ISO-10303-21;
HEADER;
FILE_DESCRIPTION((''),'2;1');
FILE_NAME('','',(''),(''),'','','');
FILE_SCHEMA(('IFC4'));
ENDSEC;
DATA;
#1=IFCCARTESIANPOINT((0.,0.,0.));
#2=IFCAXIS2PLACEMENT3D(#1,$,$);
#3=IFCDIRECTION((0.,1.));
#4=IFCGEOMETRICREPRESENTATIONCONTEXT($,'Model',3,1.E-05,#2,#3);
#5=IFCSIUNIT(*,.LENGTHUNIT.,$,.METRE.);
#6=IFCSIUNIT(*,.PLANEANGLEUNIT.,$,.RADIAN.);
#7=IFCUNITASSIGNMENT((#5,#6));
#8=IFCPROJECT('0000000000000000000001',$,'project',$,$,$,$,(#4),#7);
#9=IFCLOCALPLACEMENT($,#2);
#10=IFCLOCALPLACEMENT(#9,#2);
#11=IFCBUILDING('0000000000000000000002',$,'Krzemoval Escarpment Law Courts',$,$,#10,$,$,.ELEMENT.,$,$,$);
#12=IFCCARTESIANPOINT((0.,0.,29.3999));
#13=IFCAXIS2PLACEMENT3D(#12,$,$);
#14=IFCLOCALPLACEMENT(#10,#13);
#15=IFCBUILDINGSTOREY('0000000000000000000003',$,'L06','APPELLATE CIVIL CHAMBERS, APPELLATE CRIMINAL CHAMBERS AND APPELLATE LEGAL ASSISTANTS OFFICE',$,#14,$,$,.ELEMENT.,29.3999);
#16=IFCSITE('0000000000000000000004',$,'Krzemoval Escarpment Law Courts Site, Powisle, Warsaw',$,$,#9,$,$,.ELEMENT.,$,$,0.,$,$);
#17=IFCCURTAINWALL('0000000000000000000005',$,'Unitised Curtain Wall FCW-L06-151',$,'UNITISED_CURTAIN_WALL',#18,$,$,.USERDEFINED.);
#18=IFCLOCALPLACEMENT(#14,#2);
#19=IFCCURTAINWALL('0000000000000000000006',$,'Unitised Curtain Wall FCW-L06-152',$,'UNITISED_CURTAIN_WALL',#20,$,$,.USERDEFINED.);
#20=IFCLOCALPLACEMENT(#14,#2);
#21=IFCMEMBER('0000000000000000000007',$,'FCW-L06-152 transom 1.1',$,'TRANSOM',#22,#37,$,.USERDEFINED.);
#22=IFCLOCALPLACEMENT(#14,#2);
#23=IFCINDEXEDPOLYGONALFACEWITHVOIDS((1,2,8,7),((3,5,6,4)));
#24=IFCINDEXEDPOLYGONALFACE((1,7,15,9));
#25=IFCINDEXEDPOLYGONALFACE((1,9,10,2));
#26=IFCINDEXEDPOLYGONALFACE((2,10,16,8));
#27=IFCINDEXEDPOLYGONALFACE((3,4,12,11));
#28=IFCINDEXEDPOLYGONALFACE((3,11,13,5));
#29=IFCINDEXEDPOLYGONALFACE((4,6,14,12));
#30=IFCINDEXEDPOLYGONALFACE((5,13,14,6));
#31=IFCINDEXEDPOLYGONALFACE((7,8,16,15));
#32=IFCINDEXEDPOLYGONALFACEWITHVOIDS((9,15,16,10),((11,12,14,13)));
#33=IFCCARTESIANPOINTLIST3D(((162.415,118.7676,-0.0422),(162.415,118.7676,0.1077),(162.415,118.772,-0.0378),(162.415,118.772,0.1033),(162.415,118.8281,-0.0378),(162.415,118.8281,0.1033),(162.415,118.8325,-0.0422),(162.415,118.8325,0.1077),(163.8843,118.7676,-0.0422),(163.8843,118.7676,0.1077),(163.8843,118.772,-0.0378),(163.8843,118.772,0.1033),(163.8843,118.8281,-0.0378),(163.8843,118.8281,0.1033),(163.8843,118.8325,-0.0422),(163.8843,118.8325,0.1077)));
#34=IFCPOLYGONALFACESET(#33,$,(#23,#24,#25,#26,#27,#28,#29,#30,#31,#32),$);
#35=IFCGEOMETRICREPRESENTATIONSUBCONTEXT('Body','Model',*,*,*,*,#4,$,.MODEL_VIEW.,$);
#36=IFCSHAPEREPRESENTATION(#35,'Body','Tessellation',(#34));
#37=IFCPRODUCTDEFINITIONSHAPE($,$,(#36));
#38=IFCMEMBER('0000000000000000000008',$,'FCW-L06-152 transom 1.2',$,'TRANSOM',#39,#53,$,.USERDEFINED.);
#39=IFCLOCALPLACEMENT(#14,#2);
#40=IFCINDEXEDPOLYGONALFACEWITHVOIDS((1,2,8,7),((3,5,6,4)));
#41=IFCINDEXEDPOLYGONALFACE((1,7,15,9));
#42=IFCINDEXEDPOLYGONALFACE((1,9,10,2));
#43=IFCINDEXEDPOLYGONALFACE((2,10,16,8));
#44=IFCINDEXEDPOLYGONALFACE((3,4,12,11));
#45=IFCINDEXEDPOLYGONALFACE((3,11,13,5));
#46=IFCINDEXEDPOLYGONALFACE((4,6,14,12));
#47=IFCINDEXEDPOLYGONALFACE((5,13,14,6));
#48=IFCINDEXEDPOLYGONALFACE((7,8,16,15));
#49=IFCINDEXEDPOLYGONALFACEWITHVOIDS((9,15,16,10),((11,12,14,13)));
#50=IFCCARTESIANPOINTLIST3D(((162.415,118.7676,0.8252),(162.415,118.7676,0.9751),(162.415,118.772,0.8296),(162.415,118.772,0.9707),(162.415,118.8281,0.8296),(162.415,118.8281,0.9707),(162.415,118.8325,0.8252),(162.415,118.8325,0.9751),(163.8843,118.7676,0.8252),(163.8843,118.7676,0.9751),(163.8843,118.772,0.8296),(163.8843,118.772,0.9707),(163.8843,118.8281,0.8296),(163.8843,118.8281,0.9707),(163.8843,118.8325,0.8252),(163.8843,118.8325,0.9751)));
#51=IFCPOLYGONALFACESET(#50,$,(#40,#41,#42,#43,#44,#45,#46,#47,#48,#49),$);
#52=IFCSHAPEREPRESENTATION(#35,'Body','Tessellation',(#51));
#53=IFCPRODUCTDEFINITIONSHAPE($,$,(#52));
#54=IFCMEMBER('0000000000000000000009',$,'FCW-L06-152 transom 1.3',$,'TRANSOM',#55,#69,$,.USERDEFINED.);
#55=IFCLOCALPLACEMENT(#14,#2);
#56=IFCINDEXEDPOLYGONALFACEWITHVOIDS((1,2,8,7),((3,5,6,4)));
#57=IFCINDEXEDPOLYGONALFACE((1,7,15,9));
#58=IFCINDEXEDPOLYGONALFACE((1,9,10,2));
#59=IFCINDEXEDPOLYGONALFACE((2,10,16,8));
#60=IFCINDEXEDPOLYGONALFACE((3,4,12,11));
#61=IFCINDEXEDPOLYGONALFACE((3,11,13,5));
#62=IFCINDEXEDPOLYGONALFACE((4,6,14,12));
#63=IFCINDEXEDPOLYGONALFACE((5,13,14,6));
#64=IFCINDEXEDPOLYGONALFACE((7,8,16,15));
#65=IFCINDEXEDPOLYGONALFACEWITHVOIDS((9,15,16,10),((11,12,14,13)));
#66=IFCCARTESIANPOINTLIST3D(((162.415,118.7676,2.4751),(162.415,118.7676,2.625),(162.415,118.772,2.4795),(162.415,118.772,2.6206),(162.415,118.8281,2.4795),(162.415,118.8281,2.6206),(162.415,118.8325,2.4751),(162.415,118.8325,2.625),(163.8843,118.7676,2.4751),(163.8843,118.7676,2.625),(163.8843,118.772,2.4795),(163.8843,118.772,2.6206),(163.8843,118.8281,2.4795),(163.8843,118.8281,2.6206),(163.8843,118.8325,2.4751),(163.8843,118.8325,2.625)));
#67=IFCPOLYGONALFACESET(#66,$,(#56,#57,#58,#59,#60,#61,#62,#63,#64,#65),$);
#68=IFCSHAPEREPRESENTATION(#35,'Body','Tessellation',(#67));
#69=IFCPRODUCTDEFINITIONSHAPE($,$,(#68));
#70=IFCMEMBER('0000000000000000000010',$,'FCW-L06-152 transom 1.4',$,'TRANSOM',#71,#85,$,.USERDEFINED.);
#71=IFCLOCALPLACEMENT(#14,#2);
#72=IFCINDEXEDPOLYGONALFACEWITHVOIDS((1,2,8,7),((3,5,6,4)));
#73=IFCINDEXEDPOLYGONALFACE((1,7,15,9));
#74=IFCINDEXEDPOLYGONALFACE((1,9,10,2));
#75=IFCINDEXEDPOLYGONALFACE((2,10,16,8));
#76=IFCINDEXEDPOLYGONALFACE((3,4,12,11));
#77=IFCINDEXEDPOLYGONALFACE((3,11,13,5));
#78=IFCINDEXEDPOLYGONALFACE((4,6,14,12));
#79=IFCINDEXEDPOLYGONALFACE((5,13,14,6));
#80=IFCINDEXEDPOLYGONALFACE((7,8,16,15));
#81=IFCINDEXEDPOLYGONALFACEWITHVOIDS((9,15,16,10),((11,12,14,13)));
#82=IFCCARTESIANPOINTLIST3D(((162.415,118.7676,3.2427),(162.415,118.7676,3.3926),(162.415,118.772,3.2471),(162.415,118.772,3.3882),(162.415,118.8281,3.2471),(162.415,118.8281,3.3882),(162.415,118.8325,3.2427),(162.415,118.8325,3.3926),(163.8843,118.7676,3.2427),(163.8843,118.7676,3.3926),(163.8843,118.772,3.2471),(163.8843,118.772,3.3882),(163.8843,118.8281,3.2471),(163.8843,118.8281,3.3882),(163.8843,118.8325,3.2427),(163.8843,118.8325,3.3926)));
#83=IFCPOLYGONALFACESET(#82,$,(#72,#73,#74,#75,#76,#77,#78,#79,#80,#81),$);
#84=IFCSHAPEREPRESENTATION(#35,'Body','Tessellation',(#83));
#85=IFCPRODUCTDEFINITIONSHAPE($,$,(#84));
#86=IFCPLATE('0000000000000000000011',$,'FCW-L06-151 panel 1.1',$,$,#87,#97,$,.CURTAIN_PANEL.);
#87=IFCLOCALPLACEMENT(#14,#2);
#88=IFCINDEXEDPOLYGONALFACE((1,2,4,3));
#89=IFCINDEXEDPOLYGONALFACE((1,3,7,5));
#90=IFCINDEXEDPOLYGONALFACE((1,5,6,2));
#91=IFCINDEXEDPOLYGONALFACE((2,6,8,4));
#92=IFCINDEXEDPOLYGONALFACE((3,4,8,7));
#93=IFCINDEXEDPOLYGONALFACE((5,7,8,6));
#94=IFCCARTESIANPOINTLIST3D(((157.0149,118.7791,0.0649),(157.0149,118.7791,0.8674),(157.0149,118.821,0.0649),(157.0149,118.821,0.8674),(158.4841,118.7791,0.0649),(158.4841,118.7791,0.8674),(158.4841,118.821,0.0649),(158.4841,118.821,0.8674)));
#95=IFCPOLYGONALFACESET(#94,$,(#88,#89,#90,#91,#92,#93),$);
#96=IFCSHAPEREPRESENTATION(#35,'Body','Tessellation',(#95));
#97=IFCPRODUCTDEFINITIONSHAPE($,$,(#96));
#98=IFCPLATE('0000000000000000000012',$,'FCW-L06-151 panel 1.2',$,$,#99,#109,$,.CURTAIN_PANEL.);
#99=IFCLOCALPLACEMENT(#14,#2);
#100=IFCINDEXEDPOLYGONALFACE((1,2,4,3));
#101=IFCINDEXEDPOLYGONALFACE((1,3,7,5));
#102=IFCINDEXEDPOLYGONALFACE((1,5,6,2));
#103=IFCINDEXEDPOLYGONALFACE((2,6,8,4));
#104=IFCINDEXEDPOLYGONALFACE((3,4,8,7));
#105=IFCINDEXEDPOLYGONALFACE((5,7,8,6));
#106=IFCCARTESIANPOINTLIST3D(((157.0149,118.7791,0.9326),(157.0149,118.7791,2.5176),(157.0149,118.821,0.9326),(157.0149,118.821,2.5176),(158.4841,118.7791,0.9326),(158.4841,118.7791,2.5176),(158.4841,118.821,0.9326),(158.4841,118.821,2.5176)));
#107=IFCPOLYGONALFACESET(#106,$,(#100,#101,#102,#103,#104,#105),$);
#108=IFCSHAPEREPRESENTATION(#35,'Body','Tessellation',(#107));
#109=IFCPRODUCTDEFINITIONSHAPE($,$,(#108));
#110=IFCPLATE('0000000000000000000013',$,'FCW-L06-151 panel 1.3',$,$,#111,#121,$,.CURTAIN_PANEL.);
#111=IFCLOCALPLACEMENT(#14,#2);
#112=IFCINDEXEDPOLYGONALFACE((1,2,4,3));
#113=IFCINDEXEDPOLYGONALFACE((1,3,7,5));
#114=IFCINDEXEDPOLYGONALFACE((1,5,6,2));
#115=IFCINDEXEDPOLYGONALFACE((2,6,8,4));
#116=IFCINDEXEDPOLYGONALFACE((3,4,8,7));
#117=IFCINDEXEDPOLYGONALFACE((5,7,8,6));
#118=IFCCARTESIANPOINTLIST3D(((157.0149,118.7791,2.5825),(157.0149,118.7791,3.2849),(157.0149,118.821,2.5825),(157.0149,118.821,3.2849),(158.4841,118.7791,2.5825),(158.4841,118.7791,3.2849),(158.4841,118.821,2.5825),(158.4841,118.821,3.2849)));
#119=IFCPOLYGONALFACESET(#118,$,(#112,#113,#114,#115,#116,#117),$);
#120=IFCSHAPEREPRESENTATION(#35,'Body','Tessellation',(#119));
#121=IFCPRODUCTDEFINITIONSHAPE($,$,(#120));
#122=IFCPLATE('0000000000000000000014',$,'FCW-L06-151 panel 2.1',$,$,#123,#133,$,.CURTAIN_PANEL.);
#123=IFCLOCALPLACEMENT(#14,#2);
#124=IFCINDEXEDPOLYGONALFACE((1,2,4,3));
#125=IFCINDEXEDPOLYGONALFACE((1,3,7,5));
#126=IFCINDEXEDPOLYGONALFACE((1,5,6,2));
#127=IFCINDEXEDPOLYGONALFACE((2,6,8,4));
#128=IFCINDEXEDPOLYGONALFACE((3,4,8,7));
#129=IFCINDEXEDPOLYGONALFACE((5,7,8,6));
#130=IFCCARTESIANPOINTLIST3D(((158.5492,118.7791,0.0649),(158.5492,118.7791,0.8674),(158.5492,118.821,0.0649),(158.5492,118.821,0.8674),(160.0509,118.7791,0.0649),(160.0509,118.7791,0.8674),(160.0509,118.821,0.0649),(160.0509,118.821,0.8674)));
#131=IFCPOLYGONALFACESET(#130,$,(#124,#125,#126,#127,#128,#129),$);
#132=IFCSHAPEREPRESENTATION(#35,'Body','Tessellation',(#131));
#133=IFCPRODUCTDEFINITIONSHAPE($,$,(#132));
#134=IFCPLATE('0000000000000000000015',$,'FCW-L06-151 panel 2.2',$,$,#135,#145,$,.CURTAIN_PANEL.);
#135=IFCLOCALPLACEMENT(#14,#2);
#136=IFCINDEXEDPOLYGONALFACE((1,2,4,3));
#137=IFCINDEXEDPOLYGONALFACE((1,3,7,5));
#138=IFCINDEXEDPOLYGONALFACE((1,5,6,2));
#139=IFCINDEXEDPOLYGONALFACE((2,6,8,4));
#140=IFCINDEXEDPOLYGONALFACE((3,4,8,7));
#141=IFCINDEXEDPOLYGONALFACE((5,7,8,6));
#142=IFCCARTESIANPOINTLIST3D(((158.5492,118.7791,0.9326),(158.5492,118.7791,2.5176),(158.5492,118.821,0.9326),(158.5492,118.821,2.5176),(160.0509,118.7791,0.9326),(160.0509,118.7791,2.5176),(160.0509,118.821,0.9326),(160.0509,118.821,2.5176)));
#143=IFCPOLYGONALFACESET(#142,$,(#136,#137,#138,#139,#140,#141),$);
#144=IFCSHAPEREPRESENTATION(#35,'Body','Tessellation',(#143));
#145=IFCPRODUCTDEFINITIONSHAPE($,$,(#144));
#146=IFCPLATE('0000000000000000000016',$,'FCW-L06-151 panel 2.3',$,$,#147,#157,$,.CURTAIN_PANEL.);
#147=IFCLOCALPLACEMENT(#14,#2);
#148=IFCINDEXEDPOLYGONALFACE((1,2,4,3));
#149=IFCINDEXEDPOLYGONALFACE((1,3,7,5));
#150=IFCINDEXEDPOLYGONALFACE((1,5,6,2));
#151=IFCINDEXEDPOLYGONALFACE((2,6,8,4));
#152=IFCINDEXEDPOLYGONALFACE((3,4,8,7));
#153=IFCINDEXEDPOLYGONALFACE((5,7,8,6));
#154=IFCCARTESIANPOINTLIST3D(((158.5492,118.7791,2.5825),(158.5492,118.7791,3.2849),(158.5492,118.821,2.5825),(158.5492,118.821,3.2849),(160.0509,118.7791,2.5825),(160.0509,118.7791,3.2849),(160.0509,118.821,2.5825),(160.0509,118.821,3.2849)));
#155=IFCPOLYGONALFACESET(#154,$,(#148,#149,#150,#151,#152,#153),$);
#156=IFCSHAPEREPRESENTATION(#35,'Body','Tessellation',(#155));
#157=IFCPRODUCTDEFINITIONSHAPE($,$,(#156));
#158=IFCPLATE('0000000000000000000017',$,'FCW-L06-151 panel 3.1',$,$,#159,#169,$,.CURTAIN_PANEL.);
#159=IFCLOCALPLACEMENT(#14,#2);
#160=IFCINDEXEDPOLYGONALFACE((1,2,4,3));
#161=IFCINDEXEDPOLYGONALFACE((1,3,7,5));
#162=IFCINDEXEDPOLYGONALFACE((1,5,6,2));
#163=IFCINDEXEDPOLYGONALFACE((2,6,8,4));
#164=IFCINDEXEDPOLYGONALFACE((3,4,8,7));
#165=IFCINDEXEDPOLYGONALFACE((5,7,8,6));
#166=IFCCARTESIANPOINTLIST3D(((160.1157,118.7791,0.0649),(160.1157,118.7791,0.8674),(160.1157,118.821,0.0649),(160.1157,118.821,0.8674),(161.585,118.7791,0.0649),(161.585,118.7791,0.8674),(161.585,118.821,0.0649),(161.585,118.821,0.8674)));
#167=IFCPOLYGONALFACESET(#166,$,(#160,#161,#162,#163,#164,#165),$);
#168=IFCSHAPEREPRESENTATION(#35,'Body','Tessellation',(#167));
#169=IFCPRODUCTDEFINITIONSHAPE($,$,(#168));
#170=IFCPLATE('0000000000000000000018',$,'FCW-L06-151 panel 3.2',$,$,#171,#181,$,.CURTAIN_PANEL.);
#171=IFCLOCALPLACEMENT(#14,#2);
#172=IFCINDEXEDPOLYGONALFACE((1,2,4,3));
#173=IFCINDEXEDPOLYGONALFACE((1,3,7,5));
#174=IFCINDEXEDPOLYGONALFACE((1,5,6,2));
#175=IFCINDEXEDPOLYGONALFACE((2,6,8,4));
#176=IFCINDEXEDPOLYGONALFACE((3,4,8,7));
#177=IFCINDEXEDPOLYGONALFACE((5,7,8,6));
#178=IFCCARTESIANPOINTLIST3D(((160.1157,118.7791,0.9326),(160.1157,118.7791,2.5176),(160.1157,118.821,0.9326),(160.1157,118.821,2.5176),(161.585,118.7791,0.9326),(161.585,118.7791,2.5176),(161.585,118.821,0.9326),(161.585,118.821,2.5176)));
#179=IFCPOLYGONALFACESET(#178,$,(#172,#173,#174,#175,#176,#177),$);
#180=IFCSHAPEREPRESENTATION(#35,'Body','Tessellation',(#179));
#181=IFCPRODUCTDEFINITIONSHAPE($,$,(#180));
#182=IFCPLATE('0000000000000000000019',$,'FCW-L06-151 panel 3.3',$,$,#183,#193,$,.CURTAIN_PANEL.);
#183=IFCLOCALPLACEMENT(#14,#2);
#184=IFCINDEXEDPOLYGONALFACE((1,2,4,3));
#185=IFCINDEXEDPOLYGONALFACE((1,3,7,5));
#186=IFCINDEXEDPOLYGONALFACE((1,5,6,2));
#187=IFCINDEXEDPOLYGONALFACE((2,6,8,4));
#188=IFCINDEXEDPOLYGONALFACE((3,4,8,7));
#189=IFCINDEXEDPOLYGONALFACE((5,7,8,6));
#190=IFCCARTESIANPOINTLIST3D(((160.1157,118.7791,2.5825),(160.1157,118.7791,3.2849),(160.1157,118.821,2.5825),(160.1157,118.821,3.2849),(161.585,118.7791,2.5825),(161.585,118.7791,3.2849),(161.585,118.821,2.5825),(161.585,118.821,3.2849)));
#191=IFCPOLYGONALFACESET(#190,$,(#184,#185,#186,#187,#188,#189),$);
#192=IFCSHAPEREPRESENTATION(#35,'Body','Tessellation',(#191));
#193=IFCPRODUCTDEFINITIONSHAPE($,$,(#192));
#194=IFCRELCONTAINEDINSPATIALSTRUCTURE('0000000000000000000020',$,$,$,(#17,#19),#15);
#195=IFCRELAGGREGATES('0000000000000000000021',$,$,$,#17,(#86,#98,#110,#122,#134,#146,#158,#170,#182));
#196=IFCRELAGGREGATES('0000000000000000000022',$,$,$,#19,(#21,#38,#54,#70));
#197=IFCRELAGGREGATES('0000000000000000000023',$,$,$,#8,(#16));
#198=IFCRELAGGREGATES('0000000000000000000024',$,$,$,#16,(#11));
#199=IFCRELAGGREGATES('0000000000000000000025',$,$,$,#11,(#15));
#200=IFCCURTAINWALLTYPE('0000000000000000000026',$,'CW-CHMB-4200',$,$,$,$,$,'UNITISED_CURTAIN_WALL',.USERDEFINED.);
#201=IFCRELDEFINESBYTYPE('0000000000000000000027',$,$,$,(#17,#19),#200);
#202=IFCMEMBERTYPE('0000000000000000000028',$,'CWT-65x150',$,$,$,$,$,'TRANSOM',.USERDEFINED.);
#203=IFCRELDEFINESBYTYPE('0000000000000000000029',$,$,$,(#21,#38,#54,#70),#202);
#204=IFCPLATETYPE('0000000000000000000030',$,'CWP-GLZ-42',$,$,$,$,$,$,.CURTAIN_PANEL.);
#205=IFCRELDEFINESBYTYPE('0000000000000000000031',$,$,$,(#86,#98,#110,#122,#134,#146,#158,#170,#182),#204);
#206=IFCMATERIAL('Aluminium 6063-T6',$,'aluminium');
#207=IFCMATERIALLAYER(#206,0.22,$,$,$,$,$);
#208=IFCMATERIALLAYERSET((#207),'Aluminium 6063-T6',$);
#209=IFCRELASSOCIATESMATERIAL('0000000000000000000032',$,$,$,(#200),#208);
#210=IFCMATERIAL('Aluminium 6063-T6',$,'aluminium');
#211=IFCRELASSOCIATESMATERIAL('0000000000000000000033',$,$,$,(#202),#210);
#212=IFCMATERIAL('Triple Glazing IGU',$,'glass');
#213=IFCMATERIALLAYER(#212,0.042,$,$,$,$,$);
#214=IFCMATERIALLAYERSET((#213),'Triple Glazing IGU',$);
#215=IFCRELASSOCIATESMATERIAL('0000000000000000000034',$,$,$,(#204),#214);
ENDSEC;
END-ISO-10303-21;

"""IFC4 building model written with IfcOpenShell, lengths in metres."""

from ifc_helpers import new_model, si_unit, direction, frame, origin, origin_2d, place, context, subcontext, project, spatial, rectangle, hollow_rectangle, extrude, material, layer, layer_set, material_profile, profile_set, type_object, element, aggregate, save


model = new_model("IFC4")

# Units and contexts
model_context = context("Model", 3, precision=1e-05, world=origin(), true_north=direction((0.0, 1.0)))
body_context = subcontext(model_context, "Body", "Model", "MODEL_VIEW")
ifc_project = project(units=[si_unit("LENGTHUNIT", "METRE"), si_unit("PLANEANGLEUNIT", "RADIAN")], contexts=[model_context])

# Site, building, storey
site_placement = place(None, origin())
site = spatial("IfcSite", under=ifc_project, at=site_placement, Name="Krzemoval Escarpment Law Courts Site, Powisle, Warsaw", CompositionType="ELEMENT", RefElevation=0.0)
building_placement = place(site_placement, origin())
building = spatial("IfcBuilding", under=site, at=building_placement, Name="Krzemoval Escarpment Law Courts", CompositionType="ELEMENT")
storey_placement = place(building_placement, frame((0.0, 0.0, 29.3999)))
storey = spatial("IfcBuildingStorey", under=building, at=storey_placement, Name="L06", Description="APPELLATE CIVIL CHAMBERS, APPELLATE CRIMINAL CHAMBERS AND APPELLATE LEGAL ASSISTANTS OFFICE", CompositionType="ELEMENT", Elevation=29.3999)

# Shared definitions
ifc_material_1 = material(Name="Aluminium 6063-T6", Category="aluminium")
ifc_layer_1 = layer(ifc_material_1, 0.22)
ifc_layer_set_1 = layer_set([ifc_layer_1], Name="Aluminium 6063-T6")
curtain_wall_type = type_object("IfcCurtainWallType", Name="CW-CHMB-4200", ElementType="UNITISED_CURTAIN_WALL", PredefinedType="USERDEFINED", material=ifc_layer_set_1)

# Curtain wall
curtain_wall_1_placement = place(storey_placement, origin())
curtain_wall_1 = element("IfcCurtainWall", 1, at=curtain_wall_1_placement, inside=storey, type_object=curtain_wall_type, Name="Unitised Curtain Wall FCW-L06-151", ObjectType="UNITISED_CURTAIN_WALL", PredefinedType="USERDEFINED")

# Curtain wall
curtain_wall_2_placement = place(storey_placement, origin())
curtain_wall_2 = element("IfcCurtainWall", 2, at=curtain_wall_2_placement, inside=storey, type_object=curtain_wall_type, Name="Unitised Curtain Wall FCW-L06-152", ObjectType="UNITISED_CURTAIN_WALL", PredefinedType="USERDEFINED")

# Members
ifc_material_2 = material(Name="Aluminium 6063-T6", Category="aluminium")
ifc_material_profile_1 = material_profile(ifc_material_2, hollow_rectangle(XDim=0.0649, YDim=0.1499, WallThickness=0.0044, at=origin_2d()), Name="ALU T65x150")
ifc_profile_set_1 = profile_set([ifc_material_profile_1], Name="Aluminium 6063-T6")
member_type_1 = type_object("IfcMemberType", Name="CWT-65x150", ElementType="TRANSOM", PredefinedType="USERDEFINED", material=ifc_profile_set_1)
member_1_placement = place(storey_placement, frame((162.415, 118.8, 0.0327), z_axis=(1.0, 0.0, 0.0), x_axis=(0.0, 1.0, 0.0)))
member_1 = element("IfcMember", 3, at=member_1_placement, type_object=member_type_1, Name="FCW-L06-152 transom 1.1", ObjectType="TRANSOM", PredefinedType="USERDEFINED", context=body_context, shape_type="SweptSolid", body=[
    extrude(hollow_rectangle(XDim=0.0649, YDim=0.1499, WallThickness=0.0044, at=origin_2d()), origin(), (0.0, 0.0, 1.0), 1.4692),
])
member_2_placement = place(storey_placement, frame((162.415, 118.8, 0.9001), z_axis=(1.0, 0.0, 0.0), x_axis=(0.0, 1.0, 0.0)))
member_2 = element("IfcMember", 4, at=member_2_placement, type_object=member_type_1, Name="FCW-L06-152 transom 1.2", ObjectType="TRANSOM", PredefinedType="USERDEFINED", context=body_context, shape_type="SweptSolid", body=[
    extrude(hollow_rectangle(XDim=0.0649, YDim=0.1499, WallThickness=0.0044, at=origin_2d()), origin(), (0.0, 0.0, 1.0), 1.4692),
])
member_3_placement = place(storey_placement, frame((162.415, 118.8, 2.55), z_axis=(1.0, 0.0, 0.0), x_axis=(0.0, 1.0, 0.0)))
member_3 = element("IfcMember", 5, at=member_3_placement, type_object=member_type_1, Name="FCW-L06-152 transom 1.3", ObjectType="TRANSOM", PredefinedType="USERDEFINED", context=body_context, shape_type="SweptSolid", body=[
    extrude(hollow_rectangle(XDim=0.0649, YDim=0.1499, WallThickness=0.0044, at=origin_2d()), origin(), (0.0, 0.0, 1.0), 1.4692),
])
member_4_placement = place(storey_placement, frame((162.415, 118.8, 3.3176), z_axis=(1.0, 0.0, 0.0), x_axis=(0.0, 1.0, 0.0)))
member_4 = element("IfcMember", 6, at=member_4_placement, type_object=member_type_1, Name="FCW-L06-152 transom 1.4", ObjectType="TRANSOM", PredefinedType="USERDEFINED", context=body_context, shape_type="SweptSolid", body=[
    extrude(hollow_rectangle(XDim=0.0649, YDim=0.1499, WallThickness=0.0044, at=origin_2d()), origin(), (0.0, 0.0, 1.0), 1.4692),
])

# Plates
ifc_material_3 = material(Name="Triple Glazing IGU", Category="glass")
ifc_layer_2 = layer(ifc_material_3, 0.042)
ifc_layer_set_2 = layer_set([ifc_layer_2], Name="Triple Glazing IGU")
plate_type = type_object("IfcPlateType", Name="CWP-GLZ-42", PredefinedType="CURTAIN_PANEL", material=ifc_layer_set_2)
plate_1_placement = place(storey_placement, frame((157.7495, 118.8, 0.0649), z_axis=(0.0, 0.0, 1.0), x_axis=(1.0, 0.0, 0.0)))
plate_1 = element("IfcPlate", 7, at=plate_1_placement, type_object=plate_type, Name="FCW-L06-151 panel 1.1", PredefinedType="CURTAIN_PANEL", context=body_context, shape_type="SweptSolid", body=[
    extrude(rectangle(XDim=1.4692, YDim=0.042, at=origin_2d()), origin(), (0.0, 0.0, 1.0), 0.8025),
])
plate_2_placement = place(storey_placement, frame((157.7495, 118.8, 0.9326), z_axis=(0.0, 0.0, 1.0), x_axis=(1.0, 0.0, 0.0)))
plate_2 = element("IfcPlate", 8, at=plate_2_placement, type_object=plate_type, Name="FCW-L06-151 panel 1.2", PredefinedType="CURTAIN_PANEL", context=body_context, shape_type="SweptSolid", body=[
    extrude(rectangle(XDim=1.4692, YDim=0.042, at=origin_2d()), origin(), (0.0, 0.0, 1.0), 1.585),
])
plate_3_placement = place(storey_placement, frame((157.7495, 118.8, 2.5825), z_axis=(0.0, 0.0, 1.0), x_axis=(1.0, 0.0, 0.0)))
plate_3 = element("IfcPlate", 9, at=plate_3_placement, type_object=plate_type, Name="FCW-L06-151 panel 1.3", PredefinedType="CURTAIN_PANEL", context=body_context, shape_type="SweptSolid", body=[
    extrude(rectangle(XDim=1.4692, YDim=0.042, at=origin_2d()), origin(), (0.0, 0.0, 1.0), 0.7024),
])
plate_4_placement = place(storey_placement, frame((159.3, 118.8, 0.0649), z_axis=(0.0, 0.0, 1.0), x_axis=(1.0, 0.0, 0.0)))
plate_4 = element("IfcPlate", 10, at=plate_4_placement, type_object=plate_type, Name="FCW-L06-151 panel 2.1", PredefinedType="CURTAIN_PANEL", context=body_context, shape_type="SweptSolid", body=[
    extrude(rectangle(XDim=1.5017, YDim=0.042, at=origin_2d()), origin(), (0.0, 0.0, 1.0), 0.8025),
])
plate_5_placement = place(storey_placement, frame((159.3, 118.8, 0.9326), z_axis=(0.0, 0.0, 1.0), x_axis=(1.0, 0.0, 0.0)))
plate_5 = element("IfcPlate", 11, at=plate_5_placement, type_object=plate_type, Name="FCW-L06-151 panel 2.2", PredefinedType="CURTAIN_PANEL", context=body_context, shape_type="SweptSolid", body=[
    extrude(rectangle(XDim=1.5017, YDim=0.042, at=origin_2d()), origin(), (0.0, 0.0, 1.0), 1.585),
])
plate_6_placement = place(storey_placement, frame((159.3, 118.8, 2.5825), z_axis=(0.0, 0.0, 1.0), x_axis=(1.0, 0.0, 0.0)))
plate_6 = element("IfcPlate", 12, at=plate_6_placement, type_object=plate_type, Name="FCW-L06-151 panel 2.3", PredefinedType="CURTAIN_PANEL", context=body_context, shape_type="SweptSolid", body=[
    extrude(rectangle(XDim=1.5017, YDim=0.042, at=origin_2d()), origin(), (0.0, 0.0, 1.0), 0.7024),
])
plate_7_placement = place(storey_placement, frame((160.8503, 118.8, 0.0649), z_axis=(0.0, 0.0, 1.0), x_axis=(1.0, 0.0, 0.0)))
plate_7 = element("IfcPlate", 13, at=plate_7_placement, type_object=plate_type, Name="FCW-L06-151 panel 3.1", PredefinedType="CURTAIN_PANEL", context=body_context, shape_type="SweptSolid", body=[
    extrude(rectangle(XDim=1.4692, YDim=0.042, at=origin_2d()), origin(), (0.0, 0.0, 1.0), 0.8025),
])
plate_8_placement = place(storey_placement, frame((160.8503, 118.8, 0.9326), z_axis=(0.0, 0.0, 1.0), x_axis=(1.0, 0.0, 0.0)))
plate_8 = element("IfcPlate", 14, at=plate_8_placement, type_object=plate_type, Name="FCW-L06-151 panel 3.2", PredefinedType="CURTAIN_PANEL", context=body_context, shape_type="SweptSolid", body=[
    extrude(rectangle(XDim=1.4692, YDim=0.042, at=origin_2d()), origin(), (0.0, 0.0, 1.0), 1.585),
])
plate_9_placement = place(storey_placement, frame((160.8503, 118.8, 2.5825), z_axis=(0.0, 0.0, 1.0), x_axis=(1.0, 0.0, 0.0)))
plate_9 = element("IfcPlate", 15, at=plate_9_placement, type_object=plate_type, Name="FCW-L06-151 panel 3.3", PredefinedType="CURTAIN_PANEL", context=body_context, shape_type="SweptSolid", body=[
    extrude(rectangle(XDim=1.4692, YDim=0.042, at=origin_2d()), origin(), (0.0, 0.0, 1.0), 0.7024),
])
aggregate(curtain_wall_1, [plate_1, plate_2, plate_3, plate_4, plate_5, plate_6, plate_7, plate_8, plate_9])
aggregate(curtain_wall_2, [member_1, member_2, member_3, member_4])

save(model, "model.ifc")
